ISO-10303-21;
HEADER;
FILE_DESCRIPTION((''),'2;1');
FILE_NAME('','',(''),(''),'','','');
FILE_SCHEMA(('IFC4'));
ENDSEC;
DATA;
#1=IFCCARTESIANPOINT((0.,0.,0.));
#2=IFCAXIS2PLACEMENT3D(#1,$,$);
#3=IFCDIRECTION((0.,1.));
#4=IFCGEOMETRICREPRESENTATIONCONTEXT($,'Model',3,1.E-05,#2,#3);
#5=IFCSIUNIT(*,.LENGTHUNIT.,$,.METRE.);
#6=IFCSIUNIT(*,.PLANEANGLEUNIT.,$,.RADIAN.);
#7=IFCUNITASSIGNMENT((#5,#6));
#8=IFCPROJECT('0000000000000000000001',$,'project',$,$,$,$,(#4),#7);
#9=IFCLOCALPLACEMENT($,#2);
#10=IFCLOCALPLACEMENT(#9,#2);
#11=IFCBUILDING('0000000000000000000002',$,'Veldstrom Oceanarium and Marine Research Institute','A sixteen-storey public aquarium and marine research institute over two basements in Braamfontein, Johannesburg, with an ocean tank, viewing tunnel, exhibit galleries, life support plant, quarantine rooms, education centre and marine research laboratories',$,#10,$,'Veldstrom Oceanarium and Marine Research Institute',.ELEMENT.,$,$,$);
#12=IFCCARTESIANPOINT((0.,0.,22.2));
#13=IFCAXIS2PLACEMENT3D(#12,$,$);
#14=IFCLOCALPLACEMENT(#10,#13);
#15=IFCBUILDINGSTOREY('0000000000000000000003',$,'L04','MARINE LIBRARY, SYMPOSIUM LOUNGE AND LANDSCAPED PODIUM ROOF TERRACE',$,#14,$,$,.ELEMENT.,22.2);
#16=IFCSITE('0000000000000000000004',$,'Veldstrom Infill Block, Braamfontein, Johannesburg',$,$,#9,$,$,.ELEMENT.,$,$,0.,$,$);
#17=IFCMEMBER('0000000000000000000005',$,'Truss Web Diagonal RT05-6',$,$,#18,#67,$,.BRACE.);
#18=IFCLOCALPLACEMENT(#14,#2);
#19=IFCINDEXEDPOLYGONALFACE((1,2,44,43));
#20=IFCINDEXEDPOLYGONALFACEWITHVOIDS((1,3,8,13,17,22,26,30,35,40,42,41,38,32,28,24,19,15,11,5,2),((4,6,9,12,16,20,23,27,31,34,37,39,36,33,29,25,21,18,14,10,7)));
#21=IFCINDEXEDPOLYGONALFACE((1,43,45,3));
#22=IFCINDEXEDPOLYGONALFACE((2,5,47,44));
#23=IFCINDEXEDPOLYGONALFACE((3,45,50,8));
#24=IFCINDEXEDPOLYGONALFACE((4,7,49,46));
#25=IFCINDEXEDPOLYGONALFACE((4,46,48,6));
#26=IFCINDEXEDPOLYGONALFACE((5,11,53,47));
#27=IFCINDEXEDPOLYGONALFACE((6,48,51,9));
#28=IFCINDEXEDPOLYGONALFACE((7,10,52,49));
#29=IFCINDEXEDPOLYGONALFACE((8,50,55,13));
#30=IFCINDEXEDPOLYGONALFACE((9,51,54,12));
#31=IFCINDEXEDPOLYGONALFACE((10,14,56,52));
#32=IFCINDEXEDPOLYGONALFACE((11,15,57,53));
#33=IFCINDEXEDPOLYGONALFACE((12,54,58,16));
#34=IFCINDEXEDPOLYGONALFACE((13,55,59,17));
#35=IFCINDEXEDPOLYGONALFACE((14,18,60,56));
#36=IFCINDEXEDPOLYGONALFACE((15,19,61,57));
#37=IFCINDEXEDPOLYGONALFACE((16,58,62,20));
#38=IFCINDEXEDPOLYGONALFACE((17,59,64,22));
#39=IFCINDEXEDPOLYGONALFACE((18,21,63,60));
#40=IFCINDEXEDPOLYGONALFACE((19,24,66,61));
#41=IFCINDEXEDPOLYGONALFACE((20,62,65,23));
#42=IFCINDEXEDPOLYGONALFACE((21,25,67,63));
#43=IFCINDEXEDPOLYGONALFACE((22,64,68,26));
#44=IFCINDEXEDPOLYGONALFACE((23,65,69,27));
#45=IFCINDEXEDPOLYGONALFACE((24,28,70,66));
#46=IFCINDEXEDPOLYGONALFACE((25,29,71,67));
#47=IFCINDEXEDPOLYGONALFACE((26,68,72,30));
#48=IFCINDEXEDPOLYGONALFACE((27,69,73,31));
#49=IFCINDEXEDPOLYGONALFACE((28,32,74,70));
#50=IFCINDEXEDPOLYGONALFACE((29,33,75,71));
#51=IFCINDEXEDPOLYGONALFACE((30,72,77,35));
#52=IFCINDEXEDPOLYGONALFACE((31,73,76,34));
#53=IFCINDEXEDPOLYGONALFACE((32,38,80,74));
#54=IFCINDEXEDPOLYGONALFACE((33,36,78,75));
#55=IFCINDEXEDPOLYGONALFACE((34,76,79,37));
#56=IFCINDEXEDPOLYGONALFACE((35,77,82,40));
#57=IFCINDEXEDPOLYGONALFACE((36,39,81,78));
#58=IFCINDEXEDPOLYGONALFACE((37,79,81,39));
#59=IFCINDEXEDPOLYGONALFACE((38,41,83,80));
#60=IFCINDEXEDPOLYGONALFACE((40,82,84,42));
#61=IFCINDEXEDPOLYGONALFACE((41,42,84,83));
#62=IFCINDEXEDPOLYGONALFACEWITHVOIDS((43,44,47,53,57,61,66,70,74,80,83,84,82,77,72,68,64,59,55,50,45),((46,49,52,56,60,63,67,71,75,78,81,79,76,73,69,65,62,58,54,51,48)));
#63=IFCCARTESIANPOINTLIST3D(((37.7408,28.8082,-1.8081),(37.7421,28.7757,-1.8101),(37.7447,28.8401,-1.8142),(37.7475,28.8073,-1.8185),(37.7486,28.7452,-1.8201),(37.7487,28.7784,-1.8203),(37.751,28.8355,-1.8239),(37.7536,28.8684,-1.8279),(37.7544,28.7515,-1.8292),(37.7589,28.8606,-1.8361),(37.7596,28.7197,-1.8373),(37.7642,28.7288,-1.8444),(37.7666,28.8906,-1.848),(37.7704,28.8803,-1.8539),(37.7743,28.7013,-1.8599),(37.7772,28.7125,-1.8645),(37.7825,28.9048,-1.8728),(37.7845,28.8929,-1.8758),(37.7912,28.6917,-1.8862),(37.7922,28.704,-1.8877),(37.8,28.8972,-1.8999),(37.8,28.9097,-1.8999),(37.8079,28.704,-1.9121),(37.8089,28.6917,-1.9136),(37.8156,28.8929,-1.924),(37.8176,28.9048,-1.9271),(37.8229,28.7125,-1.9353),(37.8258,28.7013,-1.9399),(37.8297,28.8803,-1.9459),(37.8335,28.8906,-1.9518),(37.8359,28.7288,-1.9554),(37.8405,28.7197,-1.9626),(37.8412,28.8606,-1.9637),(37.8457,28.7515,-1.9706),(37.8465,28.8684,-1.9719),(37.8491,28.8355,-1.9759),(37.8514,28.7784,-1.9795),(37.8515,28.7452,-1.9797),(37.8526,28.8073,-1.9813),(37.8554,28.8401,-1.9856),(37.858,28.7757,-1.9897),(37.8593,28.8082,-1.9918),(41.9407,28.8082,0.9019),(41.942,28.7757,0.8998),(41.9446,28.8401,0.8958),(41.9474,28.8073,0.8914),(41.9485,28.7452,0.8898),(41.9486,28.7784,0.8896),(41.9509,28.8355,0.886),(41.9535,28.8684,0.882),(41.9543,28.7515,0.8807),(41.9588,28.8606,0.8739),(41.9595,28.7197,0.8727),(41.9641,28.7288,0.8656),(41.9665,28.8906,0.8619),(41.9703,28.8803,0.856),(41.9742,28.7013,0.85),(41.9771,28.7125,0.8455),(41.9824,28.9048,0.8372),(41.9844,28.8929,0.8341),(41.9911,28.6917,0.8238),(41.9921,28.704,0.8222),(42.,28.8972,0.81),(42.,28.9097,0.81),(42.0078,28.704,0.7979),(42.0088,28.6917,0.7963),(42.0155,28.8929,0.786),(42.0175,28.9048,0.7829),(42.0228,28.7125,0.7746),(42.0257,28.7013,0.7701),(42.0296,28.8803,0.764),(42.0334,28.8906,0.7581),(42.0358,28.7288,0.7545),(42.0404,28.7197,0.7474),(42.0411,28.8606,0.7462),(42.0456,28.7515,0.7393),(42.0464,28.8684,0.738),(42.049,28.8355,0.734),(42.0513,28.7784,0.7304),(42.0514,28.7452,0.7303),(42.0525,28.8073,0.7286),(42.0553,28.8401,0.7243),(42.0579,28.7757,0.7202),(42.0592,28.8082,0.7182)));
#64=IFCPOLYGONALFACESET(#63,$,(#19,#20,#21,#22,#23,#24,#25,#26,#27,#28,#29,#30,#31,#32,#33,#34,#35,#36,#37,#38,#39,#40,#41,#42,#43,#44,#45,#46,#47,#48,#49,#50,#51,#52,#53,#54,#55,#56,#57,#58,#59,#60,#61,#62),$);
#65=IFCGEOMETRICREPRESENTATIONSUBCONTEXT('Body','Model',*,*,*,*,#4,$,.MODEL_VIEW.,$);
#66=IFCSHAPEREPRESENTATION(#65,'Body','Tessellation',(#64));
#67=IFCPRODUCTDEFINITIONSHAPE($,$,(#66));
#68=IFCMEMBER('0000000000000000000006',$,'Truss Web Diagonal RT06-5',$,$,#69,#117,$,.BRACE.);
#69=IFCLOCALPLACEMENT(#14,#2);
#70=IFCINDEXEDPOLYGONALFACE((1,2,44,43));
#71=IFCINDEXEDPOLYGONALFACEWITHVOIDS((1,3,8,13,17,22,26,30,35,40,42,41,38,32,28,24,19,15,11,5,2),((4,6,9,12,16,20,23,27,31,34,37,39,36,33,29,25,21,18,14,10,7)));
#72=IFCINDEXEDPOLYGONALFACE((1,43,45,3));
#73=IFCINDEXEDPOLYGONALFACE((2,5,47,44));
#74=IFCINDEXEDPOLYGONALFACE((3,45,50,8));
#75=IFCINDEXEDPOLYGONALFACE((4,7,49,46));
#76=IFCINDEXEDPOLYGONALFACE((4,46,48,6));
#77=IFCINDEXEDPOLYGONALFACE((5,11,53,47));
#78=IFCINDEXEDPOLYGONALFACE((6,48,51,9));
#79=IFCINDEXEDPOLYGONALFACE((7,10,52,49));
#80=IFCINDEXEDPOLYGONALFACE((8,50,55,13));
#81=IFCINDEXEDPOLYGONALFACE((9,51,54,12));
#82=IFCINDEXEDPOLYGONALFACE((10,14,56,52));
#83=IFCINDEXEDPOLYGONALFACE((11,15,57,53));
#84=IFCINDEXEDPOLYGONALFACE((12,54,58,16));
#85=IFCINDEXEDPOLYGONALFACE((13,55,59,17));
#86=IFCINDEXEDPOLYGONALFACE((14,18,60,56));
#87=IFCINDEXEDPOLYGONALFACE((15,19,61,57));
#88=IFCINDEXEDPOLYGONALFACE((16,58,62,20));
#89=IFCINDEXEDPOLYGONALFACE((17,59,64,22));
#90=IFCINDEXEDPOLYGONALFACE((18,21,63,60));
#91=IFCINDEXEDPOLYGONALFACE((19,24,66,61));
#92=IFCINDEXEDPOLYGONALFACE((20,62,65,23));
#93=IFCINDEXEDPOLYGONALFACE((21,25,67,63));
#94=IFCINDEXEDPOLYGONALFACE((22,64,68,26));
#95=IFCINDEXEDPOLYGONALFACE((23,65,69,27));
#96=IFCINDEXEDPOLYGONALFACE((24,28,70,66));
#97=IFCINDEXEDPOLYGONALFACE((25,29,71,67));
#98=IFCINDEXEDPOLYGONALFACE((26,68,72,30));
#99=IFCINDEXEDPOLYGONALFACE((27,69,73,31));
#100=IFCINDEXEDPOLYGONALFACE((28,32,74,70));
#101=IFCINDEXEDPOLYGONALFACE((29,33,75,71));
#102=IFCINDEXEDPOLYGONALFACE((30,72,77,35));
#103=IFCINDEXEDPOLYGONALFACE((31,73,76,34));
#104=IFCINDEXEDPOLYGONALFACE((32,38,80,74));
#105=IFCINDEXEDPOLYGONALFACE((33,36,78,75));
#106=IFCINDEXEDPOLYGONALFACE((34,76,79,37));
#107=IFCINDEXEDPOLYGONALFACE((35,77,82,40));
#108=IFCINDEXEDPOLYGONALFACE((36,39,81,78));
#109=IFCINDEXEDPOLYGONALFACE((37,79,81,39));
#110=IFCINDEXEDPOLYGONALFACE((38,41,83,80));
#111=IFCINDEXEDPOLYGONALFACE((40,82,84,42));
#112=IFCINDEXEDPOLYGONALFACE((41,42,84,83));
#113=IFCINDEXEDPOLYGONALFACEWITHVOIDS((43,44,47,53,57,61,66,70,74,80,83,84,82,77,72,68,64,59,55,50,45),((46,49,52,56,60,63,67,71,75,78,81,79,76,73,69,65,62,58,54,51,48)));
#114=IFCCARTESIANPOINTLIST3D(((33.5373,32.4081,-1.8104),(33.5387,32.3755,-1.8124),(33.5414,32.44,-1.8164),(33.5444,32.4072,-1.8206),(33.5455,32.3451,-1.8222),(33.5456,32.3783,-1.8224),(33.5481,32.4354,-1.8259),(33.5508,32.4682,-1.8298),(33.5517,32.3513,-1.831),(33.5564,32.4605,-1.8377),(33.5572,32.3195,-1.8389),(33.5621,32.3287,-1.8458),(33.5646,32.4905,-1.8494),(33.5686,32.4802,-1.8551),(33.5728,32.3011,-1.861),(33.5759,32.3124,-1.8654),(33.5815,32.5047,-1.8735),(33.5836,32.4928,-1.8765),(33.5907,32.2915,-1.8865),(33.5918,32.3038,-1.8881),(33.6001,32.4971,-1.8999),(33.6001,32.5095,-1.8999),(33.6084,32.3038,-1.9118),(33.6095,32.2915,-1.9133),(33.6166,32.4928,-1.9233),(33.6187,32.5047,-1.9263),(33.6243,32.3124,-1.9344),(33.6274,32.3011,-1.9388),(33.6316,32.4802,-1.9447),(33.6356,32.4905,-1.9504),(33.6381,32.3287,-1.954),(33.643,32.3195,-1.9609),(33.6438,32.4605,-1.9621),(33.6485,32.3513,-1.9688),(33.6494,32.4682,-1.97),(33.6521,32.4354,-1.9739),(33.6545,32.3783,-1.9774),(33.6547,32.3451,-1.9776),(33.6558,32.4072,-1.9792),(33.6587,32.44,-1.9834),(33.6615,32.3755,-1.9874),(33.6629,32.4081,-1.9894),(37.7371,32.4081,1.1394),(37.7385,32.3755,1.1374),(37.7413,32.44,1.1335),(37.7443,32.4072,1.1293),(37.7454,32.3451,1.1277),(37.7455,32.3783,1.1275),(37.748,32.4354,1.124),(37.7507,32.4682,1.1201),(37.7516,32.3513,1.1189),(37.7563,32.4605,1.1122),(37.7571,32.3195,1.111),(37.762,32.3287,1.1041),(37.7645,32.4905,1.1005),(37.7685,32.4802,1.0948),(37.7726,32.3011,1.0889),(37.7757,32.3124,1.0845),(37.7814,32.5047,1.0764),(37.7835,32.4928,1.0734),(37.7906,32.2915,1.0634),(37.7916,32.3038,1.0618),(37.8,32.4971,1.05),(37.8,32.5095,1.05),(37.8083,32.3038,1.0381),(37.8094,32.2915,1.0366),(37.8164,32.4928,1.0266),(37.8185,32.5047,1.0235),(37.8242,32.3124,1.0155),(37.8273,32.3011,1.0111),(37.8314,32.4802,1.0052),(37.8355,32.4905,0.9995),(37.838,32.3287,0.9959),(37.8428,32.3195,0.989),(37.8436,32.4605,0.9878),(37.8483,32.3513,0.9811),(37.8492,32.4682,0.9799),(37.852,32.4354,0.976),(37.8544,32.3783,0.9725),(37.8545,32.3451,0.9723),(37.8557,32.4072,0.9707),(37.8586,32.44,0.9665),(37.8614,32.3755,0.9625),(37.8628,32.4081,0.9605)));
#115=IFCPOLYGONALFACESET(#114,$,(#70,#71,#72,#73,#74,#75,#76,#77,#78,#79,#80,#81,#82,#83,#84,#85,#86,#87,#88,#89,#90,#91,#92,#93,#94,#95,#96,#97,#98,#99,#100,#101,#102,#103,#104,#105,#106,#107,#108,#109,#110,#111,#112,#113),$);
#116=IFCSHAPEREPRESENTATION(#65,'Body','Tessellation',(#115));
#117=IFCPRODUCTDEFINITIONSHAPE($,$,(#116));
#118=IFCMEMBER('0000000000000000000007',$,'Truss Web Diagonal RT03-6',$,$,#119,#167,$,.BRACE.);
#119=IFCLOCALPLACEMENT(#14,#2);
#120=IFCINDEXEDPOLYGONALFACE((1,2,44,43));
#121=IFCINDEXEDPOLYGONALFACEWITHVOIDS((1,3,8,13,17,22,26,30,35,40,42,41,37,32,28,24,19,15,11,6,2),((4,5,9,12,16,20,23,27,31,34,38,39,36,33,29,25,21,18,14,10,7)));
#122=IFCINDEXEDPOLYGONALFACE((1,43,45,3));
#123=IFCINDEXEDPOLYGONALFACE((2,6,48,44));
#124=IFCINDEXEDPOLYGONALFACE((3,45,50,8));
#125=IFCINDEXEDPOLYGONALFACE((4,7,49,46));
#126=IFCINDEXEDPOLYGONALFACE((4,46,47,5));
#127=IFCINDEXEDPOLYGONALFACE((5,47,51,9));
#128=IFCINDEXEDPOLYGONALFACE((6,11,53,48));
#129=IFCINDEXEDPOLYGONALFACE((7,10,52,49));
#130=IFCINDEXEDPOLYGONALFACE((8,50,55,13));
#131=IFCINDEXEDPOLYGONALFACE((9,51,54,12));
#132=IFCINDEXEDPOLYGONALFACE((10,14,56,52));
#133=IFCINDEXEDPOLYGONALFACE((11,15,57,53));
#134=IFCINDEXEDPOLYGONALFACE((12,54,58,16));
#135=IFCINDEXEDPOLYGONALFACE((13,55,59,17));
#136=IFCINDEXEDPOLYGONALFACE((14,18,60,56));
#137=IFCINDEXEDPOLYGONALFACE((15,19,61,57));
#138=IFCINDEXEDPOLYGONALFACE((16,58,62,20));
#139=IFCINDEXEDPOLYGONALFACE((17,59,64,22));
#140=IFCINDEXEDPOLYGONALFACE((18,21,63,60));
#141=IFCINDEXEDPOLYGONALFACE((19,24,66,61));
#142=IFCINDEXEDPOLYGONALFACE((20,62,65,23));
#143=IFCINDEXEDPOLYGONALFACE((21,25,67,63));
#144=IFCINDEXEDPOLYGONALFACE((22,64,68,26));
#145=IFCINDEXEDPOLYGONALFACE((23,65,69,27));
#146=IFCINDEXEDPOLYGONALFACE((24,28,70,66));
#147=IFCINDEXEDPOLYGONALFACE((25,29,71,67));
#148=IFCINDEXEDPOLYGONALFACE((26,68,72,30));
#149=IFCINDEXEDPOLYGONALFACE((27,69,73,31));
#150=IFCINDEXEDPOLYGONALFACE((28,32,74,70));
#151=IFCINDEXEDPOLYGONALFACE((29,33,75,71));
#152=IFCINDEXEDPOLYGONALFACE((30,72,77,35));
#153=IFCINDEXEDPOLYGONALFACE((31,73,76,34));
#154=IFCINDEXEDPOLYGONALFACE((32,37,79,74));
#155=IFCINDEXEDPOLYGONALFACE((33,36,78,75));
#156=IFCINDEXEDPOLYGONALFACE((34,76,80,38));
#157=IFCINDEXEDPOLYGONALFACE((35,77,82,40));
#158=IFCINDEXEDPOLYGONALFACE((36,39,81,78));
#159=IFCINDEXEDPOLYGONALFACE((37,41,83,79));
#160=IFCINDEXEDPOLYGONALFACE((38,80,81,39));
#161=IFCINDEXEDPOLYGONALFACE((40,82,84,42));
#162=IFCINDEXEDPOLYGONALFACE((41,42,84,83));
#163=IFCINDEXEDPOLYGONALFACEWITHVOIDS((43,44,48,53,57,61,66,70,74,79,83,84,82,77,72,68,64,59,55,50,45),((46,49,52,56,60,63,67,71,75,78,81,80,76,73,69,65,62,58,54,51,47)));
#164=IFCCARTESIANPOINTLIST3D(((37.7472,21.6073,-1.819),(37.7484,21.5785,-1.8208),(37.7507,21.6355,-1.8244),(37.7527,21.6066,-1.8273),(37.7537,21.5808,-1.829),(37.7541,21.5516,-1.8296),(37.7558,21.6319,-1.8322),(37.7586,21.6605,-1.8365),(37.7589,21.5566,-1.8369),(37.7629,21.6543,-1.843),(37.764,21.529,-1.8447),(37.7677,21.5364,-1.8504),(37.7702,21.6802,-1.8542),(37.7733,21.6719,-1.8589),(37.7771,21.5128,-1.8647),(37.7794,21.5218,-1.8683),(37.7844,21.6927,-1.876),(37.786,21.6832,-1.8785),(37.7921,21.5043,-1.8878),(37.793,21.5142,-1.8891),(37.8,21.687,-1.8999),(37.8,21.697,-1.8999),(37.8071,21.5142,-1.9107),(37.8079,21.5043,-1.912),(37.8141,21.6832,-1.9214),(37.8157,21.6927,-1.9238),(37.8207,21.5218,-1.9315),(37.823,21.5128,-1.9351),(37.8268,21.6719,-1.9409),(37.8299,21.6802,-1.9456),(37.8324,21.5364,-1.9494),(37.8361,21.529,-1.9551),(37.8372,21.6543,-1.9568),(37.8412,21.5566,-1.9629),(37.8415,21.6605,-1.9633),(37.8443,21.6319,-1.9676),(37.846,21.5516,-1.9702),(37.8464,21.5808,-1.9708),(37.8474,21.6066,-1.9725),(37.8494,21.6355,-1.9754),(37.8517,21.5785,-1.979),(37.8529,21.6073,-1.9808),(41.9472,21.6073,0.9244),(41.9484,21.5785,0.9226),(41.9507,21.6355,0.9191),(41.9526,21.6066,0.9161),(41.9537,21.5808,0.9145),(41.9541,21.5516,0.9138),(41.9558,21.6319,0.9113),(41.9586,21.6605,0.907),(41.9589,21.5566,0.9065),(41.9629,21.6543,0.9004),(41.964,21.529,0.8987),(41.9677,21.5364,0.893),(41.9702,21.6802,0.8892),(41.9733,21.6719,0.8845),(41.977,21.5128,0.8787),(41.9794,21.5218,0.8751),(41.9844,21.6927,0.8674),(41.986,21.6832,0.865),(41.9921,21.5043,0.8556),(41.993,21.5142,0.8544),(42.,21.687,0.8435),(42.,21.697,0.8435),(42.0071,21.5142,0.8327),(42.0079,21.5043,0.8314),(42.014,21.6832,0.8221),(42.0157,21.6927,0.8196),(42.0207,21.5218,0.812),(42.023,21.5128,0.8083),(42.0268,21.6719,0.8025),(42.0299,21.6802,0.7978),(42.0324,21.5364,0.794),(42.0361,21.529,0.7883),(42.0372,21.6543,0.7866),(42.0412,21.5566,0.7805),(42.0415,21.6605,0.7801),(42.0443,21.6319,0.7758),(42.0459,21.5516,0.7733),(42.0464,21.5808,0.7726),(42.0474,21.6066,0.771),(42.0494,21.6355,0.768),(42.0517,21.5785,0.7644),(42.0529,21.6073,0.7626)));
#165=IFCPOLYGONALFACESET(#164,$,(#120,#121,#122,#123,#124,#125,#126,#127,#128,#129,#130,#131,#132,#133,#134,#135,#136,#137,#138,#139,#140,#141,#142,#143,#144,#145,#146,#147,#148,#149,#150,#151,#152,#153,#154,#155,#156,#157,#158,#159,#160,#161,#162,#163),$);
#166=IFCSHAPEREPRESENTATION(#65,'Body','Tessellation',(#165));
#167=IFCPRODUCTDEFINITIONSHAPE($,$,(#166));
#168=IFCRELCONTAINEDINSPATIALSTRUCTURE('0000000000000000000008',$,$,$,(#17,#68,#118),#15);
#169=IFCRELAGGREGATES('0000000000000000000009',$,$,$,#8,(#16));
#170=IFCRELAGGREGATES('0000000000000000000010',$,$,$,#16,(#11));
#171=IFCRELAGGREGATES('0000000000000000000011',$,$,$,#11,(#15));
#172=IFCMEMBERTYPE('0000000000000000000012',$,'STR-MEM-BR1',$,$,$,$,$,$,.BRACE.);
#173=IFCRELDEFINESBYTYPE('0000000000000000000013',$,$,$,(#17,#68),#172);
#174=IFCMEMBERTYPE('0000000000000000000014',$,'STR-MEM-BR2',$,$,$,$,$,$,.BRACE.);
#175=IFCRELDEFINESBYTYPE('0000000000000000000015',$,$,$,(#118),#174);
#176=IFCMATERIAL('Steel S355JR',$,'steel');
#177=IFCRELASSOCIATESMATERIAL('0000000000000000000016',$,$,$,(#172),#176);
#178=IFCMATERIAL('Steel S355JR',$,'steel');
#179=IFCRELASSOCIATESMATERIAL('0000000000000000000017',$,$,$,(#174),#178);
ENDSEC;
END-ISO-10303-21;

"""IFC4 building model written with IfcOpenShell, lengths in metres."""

from ifc_helpers import new_model, si_unit, direction, frame, origin, origin_2d, place, context, subcontext, project, spatial, hollow_circle, extrude, material, material_profile, profile_set, type_object, element, save


model = new_model("IFC4")

# Units and contexts
model_context = context("Model", 3, precision=1e-05, world=origin(), true_north=direction((0.0, 1.0)))
body_context = subcontext(model_context, "Body", "Model", "MODEL_VIEW")
ifc_project = project(units=[si_unit("LENGTHUNIT", "METRE"), si_unit("PLANEANGLEUNIT", "RADIAN")], contexts=[model_context])

# Site, building, storey
site_placement = place(None, origin())
site = spatial("IfcSite", under=ifc_project, at=site_placement, Name="Veldstrom Infill Block, Braamfontein, Johannesburg", CompositionType="ELEMENT", RefElevation=0.0)
building_placement = place(site_placement, origin())
building = spatial("IfcBuilding", under=site, at=building_placement, Name="Veldstrom Oceanarium and Marine Research Institute", Description="A sixteen-storey public aquarium and marine research institute over two basements in Braamfontein, Johannesburg, with an ocean tank, viewing tunnel, exhibit galleries, life support plant, quarantine rooms, education centre and marine research laboratories", LongName="Veldstrom Oceanarium and Marine Research Institute", CompositionType="ELEMENT")
storey_placement = place(building_placement, frame((0.0, 0.0, 22.2)))
storey = spatial("IfcBuildingStorey", under=building, at=storey_placement, Name="L04", Description="MARINE LIBRARY, SYMPOSIUM LOUNGE AND LANDSCAPED PODIUM ROOF TERRACE", CompositionType="ELEMENT", Elevation=22.2)

# Members
ifc_material_1 = material(Name="Steel S355JR", Category="steel")
ifc_material_profile_1 = material_profile(ifc_material_1, hollow_circle(Radius=0.1096, WallThickness=0.0125, at=origin_2d()), Name="CHS 219.1x12.5")
ifc_profile_set_1 = profile_set([ifc_material_profile_1], Name="Steel S355JR")
member_type_1 = type_object("IfcMemberType", Name="STR-MEM-BR1", PredefinedType="BRACE", material=ifc_profile_set_1)
member_1_placement = place(storey_placement, frame((37.8, 28.8, -1.8999), z_axis=(0.840268, 0.0, 0.542171), x_axis=(0.0, 1.0, 0.0)))
element("IfcMember", 1, at=member_1_placement, inside=storey, type_object=member_type_1, Name="Truss Web Diagonal RT05-6", PredefinedType="BRACE", context=body_context, shape_type="SweptSolid", body=[
    extrude(hollow_circle(Radius=0.1096, WallThickness=0.0125, at=origin_2d()), origin(), (0.0, 0.0, 1.0), 4.9983),
])
member_2_placement = place(storey_placement, frame((33.6001, 32.3999, -1.8999), z_axis=(0.818317, 0.0, 0.574767), x_axis=(0.0, 1.0, 0.0)))
element("IfcMember", 2, at=member_2_placement, inside=storey, type_object=member_type_1, Name="Truss Web Diagonal RT06-5", PredefinedType="BRACE", context=body_context, shape_type="SweptSolid", body=[
    extrude(hollow_circle(Radius=0.1096, WallThickness=0.0125, at=origin_2d()), origin(), (0.0, 0.0, 1.0), 5.1323),
])
ifc_material_2 = material(Name="Steel S355JR", Category="steel")
ifc_material_profile_2 = material_profile(ifc_material_2, hollow_circle(Radius=0.0969, WallThickness=0.01, at=origin_2d()), Name="CHS 193.7x10")
ifc_profile_set_2 = profile_set([ifc_material_profile_2], Name="Steel S355JR")
member_type_2 = type_object("IfcMemberType", Name="STR-MEM-BR2", PredefinedType="BRACE", material=ifc_profile_set_2)
member_3_placement = place(storey_placement, frame((37.8, 21.6001, -1.8999), z_axis=(0.837217, 0.0, 0.54687), x_axis=(0.0, 1.0, 0.0)))
element("IfcMember", 3, at=member_3_placement, inside=storey, type_object=member_type_2, Name="Truss Web Diagonal RT03-6", PredefinedType="BRACE", context=body_context, shape_type="SweptSolid", body=[
    extrude(hollow_circle(Radius=0.0969, WallThickness=0.01, at=origin_2d()), origin(), (0.0, 0.0, 1.0), 5.0166),
])

save(model, "model.ifc")
